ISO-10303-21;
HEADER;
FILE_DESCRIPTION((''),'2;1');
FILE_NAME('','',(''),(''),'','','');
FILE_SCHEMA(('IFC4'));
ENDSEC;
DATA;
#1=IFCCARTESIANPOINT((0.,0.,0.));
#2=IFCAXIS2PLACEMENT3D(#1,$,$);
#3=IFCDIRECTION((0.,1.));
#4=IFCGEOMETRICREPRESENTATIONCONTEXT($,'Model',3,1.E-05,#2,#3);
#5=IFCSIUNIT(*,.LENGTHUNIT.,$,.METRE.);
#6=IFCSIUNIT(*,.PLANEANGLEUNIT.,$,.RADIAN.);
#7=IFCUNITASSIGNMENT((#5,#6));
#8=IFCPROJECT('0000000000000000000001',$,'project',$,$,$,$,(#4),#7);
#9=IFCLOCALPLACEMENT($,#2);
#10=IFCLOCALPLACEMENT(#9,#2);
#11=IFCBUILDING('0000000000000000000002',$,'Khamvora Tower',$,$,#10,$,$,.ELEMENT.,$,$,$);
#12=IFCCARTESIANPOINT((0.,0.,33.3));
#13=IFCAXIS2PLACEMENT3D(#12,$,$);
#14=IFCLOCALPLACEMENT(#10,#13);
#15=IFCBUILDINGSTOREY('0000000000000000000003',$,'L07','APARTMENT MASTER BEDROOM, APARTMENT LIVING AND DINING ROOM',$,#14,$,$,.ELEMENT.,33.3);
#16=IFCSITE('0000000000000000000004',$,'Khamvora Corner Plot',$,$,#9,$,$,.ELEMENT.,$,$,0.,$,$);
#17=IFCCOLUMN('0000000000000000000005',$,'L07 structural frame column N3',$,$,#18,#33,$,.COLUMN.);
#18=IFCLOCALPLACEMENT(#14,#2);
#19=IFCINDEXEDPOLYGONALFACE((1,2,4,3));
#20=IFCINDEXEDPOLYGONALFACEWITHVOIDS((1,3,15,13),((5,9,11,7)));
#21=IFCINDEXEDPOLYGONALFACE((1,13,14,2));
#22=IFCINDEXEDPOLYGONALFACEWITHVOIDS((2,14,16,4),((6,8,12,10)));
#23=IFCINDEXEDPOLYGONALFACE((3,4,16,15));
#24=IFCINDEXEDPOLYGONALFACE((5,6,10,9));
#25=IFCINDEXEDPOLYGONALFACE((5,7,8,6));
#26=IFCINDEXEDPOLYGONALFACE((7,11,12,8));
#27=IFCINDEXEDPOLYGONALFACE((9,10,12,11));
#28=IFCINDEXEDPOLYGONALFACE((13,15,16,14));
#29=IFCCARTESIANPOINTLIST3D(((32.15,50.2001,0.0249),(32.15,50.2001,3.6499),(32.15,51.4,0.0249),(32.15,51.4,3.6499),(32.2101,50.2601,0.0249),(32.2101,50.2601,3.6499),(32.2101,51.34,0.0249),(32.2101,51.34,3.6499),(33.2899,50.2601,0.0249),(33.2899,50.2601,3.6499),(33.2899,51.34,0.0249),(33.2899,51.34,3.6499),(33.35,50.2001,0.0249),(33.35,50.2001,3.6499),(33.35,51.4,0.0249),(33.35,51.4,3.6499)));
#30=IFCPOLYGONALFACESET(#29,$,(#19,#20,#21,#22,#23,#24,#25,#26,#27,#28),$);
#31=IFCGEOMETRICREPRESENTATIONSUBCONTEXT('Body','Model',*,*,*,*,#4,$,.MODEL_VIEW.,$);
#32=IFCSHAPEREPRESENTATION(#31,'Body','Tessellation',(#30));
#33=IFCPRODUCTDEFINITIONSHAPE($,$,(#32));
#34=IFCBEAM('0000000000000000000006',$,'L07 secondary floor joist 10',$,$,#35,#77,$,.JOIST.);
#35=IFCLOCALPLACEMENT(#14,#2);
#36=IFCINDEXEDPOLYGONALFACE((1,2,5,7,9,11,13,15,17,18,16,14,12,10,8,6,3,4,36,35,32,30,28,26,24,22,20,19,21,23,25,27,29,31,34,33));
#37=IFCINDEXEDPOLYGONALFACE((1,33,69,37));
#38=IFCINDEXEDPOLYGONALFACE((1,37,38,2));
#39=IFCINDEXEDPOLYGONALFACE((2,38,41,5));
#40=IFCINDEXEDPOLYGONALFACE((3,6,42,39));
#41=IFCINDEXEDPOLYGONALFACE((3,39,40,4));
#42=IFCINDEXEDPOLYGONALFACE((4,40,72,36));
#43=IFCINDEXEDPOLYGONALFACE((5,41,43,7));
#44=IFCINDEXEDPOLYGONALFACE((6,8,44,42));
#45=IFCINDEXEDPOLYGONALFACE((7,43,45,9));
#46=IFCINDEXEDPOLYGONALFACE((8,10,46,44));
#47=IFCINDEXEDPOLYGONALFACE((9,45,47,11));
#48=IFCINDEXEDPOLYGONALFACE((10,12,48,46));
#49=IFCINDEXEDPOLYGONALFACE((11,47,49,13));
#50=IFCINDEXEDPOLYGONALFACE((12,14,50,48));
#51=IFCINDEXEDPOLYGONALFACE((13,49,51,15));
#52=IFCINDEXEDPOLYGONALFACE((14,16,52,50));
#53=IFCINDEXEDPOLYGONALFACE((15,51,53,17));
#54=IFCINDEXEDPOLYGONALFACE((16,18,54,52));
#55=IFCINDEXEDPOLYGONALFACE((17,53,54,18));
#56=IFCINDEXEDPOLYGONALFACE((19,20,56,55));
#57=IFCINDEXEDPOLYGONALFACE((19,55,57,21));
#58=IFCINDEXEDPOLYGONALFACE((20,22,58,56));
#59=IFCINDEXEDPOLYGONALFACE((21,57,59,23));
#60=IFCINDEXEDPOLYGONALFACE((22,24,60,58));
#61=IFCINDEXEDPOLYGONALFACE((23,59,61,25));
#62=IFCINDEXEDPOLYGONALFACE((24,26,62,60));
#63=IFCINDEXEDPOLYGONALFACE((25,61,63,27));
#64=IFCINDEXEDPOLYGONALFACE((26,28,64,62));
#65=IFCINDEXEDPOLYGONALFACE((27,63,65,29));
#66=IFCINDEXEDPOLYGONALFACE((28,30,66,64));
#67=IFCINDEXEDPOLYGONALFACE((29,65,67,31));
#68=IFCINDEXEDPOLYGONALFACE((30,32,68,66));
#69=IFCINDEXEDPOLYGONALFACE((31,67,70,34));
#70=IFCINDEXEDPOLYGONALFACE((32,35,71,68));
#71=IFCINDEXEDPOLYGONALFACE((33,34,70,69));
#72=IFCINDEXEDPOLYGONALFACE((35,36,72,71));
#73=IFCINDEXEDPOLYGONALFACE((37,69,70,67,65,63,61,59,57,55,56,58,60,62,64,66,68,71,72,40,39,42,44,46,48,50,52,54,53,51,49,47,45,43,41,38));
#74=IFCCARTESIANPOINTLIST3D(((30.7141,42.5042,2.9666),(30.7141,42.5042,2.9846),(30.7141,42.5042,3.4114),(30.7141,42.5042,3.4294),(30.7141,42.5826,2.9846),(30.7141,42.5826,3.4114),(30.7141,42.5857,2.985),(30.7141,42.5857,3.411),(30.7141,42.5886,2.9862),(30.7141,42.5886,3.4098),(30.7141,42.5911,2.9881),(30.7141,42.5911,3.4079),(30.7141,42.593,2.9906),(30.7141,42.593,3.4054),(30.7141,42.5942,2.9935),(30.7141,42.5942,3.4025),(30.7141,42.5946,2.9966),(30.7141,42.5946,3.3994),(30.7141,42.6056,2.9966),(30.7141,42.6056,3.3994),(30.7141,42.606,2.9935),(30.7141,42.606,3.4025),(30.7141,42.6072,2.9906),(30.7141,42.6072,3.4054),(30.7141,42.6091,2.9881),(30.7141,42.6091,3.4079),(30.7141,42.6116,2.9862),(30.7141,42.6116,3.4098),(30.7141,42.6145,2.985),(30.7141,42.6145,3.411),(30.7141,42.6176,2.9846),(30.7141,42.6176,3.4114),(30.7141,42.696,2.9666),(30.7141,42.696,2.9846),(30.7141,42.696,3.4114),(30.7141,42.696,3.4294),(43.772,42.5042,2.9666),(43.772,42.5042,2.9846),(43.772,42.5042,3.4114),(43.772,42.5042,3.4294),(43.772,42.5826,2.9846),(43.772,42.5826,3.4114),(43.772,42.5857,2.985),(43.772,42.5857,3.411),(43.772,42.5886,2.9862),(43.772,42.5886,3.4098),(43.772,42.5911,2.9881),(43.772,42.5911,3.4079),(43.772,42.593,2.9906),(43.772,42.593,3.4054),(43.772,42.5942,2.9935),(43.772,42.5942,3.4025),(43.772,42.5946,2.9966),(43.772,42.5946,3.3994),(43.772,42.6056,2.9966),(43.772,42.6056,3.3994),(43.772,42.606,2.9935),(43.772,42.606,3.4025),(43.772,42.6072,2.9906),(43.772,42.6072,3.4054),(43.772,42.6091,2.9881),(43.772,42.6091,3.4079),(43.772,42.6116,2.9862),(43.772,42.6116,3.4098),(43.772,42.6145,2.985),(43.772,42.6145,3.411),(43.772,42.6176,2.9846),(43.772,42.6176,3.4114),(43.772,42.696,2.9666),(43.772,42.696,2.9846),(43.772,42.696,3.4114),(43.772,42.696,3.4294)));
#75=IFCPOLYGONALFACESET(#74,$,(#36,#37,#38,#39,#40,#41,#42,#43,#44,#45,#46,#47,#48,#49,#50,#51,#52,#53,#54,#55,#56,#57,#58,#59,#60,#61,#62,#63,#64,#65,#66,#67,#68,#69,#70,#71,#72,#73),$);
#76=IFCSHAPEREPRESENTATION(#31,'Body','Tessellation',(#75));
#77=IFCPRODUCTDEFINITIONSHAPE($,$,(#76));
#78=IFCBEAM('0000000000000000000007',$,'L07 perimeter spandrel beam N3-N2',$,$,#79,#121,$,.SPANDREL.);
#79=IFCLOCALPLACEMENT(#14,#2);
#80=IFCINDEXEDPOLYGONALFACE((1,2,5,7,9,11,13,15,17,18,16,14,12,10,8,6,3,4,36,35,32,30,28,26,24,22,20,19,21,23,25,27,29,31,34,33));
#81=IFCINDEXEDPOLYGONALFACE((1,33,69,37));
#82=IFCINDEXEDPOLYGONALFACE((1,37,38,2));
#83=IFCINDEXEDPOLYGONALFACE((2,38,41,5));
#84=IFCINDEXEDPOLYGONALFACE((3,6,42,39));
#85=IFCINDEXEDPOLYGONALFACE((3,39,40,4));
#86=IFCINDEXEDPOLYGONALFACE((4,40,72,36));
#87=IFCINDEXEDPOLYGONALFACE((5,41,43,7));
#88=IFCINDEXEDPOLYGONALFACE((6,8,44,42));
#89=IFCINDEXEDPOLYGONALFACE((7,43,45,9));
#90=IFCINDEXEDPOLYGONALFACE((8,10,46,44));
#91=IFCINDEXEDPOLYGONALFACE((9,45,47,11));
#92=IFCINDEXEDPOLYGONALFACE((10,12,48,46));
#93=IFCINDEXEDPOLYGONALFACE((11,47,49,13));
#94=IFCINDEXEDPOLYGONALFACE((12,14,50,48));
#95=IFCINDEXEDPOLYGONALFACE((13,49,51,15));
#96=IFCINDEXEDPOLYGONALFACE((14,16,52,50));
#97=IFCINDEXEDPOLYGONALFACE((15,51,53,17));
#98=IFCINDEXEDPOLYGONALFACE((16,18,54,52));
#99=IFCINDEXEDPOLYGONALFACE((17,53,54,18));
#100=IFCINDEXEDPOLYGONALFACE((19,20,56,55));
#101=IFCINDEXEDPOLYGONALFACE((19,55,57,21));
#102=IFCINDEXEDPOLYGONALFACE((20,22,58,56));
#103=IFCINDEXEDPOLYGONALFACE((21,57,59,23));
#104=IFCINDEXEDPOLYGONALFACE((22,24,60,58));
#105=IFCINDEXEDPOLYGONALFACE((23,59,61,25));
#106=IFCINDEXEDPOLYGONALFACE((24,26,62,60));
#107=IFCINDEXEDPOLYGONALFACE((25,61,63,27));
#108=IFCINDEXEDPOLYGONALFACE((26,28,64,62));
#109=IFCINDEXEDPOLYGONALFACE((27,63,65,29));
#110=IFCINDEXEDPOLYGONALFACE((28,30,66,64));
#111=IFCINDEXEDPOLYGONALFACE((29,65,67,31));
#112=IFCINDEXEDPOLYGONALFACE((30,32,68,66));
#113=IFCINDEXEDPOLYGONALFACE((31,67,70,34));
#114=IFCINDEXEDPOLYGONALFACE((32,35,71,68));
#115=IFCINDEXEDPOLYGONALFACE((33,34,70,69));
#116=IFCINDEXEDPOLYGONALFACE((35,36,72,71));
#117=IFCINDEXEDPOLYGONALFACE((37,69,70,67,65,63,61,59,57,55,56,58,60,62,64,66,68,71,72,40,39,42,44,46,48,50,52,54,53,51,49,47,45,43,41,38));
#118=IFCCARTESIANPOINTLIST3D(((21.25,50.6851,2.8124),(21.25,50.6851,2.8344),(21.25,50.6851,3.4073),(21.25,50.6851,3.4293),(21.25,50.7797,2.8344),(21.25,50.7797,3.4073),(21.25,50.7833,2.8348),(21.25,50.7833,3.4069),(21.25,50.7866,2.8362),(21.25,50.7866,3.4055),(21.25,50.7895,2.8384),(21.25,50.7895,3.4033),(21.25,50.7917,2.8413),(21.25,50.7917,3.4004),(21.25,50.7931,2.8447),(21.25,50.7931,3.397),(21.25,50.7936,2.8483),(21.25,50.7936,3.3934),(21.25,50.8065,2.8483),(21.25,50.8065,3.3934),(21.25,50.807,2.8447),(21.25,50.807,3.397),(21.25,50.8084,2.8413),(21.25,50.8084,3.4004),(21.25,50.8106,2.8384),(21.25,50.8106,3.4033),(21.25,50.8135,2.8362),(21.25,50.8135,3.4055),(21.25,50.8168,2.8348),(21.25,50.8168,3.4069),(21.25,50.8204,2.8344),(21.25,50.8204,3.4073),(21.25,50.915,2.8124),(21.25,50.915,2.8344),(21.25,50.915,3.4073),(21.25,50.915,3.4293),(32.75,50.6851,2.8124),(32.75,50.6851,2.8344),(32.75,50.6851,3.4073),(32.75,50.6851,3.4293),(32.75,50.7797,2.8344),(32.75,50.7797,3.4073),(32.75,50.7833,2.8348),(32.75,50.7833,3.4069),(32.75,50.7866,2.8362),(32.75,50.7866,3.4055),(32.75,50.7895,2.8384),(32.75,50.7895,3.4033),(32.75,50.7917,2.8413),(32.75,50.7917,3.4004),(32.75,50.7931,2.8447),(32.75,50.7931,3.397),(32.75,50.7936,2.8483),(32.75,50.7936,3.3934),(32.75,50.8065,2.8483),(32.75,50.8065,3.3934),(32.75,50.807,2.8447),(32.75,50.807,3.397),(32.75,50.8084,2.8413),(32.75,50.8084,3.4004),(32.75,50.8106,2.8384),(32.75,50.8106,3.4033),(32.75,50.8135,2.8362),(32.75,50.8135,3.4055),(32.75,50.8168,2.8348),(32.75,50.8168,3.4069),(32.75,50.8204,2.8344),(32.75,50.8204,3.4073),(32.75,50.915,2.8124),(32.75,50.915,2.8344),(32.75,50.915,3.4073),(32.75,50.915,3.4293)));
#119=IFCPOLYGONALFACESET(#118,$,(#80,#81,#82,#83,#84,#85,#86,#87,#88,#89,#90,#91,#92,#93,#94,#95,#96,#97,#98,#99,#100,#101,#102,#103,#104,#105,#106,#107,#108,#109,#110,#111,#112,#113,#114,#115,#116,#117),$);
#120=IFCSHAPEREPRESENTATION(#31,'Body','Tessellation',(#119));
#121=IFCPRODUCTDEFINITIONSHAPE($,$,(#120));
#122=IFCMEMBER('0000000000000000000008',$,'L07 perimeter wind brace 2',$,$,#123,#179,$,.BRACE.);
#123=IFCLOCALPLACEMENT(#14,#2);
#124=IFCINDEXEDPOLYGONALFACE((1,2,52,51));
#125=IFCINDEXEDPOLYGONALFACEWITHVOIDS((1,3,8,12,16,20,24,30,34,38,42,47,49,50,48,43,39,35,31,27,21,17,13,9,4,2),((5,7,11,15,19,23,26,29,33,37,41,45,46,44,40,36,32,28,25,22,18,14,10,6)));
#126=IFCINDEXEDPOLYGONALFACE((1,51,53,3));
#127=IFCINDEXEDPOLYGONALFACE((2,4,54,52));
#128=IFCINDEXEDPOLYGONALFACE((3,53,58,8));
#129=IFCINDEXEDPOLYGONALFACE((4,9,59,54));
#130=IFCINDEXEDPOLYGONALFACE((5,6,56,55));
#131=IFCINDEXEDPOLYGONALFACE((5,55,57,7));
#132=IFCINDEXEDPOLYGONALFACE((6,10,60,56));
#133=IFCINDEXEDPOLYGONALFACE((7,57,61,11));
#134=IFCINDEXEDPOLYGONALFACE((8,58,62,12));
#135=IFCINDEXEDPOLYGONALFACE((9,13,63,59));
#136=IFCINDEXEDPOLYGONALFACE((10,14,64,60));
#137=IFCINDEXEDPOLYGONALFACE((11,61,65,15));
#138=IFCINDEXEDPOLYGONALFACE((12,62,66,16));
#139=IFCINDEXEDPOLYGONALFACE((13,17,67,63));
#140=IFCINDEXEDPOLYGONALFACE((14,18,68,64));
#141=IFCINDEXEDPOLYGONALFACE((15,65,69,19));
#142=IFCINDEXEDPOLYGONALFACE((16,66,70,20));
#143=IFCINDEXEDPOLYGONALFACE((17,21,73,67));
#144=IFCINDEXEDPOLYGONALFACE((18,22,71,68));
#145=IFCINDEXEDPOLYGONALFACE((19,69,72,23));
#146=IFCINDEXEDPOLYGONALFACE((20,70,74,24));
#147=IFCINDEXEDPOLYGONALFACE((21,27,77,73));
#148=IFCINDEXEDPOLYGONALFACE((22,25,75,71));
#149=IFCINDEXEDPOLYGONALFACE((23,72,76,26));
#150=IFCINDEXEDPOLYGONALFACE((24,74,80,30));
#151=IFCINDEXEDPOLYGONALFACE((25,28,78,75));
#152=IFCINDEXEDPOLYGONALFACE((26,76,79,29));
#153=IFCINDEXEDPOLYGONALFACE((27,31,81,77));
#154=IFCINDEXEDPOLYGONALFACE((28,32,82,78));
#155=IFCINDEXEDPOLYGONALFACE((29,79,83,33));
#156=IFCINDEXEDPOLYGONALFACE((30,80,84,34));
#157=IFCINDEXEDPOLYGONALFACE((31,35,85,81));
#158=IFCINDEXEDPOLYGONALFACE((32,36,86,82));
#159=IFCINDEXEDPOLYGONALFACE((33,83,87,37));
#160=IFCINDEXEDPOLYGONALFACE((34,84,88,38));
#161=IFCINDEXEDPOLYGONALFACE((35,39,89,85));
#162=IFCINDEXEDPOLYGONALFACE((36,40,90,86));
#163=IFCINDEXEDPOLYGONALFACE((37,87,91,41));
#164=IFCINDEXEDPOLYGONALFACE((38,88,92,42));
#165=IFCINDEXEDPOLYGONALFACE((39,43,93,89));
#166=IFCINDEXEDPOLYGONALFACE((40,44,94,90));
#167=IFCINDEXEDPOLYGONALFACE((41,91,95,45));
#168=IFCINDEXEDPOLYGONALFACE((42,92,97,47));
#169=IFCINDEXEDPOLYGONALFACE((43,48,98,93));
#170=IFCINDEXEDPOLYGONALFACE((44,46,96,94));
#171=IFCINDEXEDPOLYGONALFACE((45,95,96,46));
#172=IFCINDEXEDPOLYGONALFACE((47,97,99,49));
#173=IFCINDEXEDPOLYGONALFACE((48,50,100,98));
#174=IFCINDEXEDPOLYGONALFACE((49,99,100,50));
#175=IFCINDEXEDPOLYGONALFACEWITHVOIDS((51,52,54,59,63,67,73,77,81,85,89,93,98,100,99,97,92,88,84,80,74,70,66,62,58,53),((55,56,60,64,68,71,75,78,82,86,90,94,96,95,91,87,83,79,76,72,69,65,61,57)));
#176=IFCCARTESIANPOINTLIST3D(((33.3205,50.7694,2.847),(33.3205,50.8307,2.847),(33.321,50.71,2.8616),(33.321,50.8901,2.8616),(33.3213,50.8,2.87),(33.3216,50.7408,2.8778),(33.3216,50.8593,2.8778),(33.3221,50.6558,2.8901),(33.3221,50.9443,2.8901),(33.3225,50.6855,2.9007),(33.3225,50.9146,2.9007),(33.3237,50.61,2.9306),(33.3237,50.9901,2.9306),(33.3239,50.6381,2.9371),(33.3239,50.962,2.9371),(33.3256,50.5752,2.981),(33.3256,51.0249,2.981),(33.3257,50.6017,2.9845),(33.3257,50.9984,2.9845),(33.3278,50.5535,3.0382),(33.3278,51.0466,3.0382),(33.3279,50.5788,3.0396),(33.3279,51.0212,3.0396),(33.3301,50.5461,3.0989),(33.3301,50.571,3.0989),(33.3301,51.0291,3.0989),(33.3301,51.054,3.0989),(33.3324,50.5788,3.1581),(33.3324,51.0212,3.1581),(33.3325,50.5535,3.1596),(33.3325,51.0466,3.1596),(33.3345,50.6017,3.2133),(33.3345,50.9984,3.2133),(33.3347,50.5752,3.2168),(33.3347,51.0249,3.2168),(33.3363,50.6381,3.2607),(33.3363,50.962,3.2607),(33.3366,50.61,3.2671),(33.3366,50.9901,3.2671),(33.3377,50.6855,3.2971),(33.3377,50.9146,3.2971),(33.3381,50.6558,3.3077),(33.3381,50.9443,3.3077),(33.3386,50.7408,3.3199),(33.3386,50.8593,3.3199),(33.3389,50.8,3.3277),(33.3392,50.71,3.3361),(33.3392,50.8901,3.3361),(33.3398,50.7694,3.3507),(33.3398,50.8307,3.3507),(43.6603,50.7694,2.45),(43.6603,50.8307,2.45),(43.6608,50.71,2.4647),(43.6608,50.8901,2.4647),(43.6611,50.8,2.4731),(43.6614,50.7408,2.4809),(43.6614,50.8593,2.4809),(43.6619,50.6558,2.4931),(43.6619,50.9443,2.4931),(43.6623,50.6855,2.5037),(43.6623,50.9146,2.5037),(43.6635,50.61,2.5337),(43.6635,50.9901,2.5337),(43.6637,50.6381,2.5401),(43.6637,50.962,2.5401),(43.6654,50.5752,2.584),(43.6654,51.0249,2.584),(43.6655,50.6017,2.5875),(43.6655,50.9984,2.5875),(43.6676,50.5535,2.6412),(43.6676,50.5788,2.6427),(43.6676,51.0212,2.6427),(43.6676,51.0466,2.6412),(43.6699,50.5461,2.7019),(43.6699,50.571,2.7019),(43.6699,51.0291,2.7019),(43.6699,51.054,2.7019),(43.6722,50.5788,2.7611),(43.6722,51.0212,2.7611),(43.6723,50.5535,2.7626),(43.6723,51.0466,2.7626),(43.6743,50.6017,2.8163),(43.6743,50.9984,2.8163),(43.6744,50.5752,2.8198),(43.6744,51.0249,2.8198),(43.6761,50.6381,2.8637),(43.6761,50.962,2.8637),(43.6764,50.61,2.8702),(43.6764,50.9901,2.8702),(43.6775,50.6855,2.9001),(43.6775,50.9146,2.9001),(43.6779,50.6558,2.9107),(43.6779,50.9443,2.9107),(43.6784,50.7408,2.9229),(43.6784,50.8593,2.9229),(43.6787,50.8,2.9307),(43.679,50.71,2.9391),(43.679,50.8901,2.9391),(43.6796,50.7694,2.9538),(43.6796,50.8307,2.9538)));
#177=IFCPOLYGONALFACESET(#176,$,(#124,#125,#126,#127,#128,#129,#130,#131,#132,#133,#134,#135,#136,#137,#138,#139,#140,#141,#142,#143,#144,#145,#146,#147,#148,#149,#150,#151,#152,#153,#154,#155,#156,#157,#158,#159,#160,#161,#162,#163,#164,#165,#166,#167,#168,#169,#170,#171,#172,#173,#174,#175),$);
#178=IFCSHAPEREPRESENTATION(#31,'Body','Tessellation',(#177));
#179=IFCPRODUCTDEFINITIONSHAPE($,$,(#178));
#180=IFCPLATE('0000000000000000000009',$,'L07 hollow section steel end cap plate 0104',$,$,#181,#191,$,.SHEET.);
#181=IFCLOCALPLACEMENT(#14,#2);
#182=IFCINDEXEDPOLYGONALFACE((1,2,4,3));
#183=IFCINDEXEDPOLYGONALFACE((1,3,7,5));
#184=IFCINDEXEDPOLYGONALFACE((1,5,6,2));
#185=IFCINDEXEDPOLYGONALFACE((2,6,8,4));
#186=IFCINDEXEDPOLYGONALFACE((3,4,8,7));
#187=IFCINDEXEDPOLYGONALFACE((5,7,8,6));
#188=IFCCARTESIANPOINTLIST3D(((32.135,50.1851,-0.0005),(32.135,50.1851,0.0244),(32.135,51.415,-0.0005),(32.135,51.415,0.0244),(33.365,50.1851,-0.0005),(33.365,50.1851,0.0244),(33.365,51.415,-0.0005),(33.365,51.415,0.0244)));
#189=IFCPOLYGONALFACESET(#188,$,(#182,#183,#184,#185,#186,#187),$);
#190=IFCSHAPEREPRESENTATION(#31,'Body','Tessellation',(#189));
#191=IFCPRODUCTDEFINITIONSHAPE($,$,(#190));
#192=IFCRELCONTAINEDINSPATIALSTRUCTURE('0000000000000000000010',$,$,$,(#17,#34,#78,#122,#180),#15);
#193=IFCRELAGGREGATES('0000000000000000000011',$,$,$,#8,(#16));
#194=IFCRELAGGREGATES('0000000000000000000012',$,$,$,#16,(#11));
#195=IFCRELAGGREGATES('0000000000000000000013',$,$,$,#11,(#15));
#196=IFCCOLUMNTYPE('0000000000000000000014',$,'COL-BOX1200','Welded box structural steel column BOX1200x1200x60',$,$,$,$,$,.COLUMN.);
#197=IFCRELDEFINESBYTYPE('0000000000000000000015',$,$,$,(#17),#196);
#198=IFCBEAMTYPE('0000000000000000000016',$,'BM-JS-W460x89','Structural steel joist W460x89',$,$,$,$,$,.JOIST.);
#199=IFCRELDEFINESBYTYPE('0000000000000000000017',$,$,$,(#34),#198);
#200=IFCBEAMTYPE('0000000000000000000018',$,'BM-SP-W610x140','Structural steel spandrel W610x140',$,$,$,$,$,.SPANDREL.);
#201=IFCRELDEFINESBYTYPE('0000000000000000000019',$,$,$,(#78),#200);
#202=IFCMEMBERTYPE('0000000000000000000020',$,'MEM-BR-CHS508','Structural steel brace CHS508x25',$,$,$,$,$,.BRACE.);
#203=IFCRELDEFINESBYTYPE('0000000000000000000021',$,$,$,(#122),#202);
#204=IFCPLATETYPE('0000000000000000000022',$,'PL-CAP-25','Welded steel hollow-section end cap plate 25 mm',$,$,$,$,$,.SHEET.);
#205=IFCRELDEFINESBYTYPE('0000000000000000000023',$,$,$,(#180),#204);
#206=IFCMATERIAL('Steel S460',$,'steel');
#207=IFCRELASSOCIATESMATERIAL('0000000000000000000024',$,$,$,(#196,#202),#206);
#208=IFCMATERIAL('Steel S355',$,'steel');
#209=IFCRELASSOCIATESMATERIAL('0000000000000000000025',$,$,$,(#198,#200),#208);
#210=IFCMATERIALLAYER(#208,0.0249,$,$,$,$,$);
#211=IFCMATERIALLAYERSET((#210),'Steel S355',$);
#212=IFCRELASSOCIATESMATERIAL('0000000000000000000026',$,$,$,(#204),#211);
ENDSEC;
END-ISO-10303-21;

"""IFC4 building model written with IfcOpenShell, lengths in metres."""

from ifc_helpers import new_model, si_unit, direction, frame, origin, origin_2d, place, context, subcontext, project, spatial, rectangle, hollow_rectangle, hollow_circle, i_section, extrude, material, layer, layer_set, material_profile, profile_set, type_object, element, save


model = new_model("IFC4")

# Units and contexts
model_context = context("Model", 3, precision=1e-05, world=origin(), true_north=direction((0.0, 1.0)))
body_context = subcontext(model_context, "Body", "Model", "MODEL_VIEW")
ifc_project = project(units=[si_unit("LENGTHUNIT", "METRE"), si_unit("PLANEANGLEUNIT", "RADIAN")], contexts=[model_context])

# Site, building, storey
site_placement = place(None, origin())
site = spatial("IfcSite", under=ifc_project, at=site_placement, Name="Khamvora Corner Plot", CompositionType="ELEMENT", RefElevation=0.0)
building_placement = place(site_placement, origin())
building = spatial("IfcBuilding", under=site, at=building_placement, Name="Khamvora Tower", CompositionType="ELEMENT")
storey_placement = place(building_placement, frame((0.0, 0.0, 33.3)))
storey = spatial("IfcBuildingStorey", under=building, at=storey_placement, Name="L07", Description="APARTMENT MASTER BEDROOM, APARTMENT LIVING AND DINING ROOM", CompositionType="ELEMENT", Elevation=33.3)

# Column
ifc_material_1 = material(Name="Steel S460", Category="steel")
ifc_material_profile_1 = material_profile(ifc_material_1, hollow_rectangle(XDim=1.2, YDim=1.2, WallThickness=0.0601, at=origin_2d()), Name="BOX1200x1200x60")
ifc_profile_set_1 = profile_set([ifc_material_profile_1], Name="Steel S460")
column_type = type_object("IfcColumnType", Name="COL-BOX1200", Description="Welded box structural steel column BOX1200x1200x60", PredefinedType="COLUMN", material=ifc_profile_set_1)
column_placement = place(storey_placement, frame((32.75, 50.8, 0.0249), z_axis=(0.0, 0.0, 1.0), x_axis=(1.0, 0.0, 0.0)))
element("IfcColumn", 1, at=column_placement, inside=storey, type_object=column_type, Name="L07 structural frame column N3", PredefinedType="COLUMN", context=body_context, shape_type="SweptSolid", body=[
    extrude(hollow_rectangle(XDim=1.2, YDim=1.2, WallThickness=0.0601, at=origin_2d()), origin(), (0.0, 0.0, 1.0), 3.625),
])

# Beams
ifc_material_2 = material(Name="Steel S355", Category="steel")
ifc_material_profile_2 = material_profile(ifc_material_2, i_section(OverallWidth=0.1919, OverallDepth=0.4629, WebThickness=0.011, FlangeThickness=0.0181, FilletRadius=0.012, at=origin_2d()), Name="W460x89")
ifc_profile_set_2 = profile_set([ifc_material_profile_2], Name="Steel S355")
beam_type_1 = type_object("IfcBeamType", Name="BM-JS-W460x89", Description="Structural steel joist W460x89", PredefinedType="JOIST", material=ifc_profile_set_2)
beam_1_placement = place(storey_placement, frame((30.7141, 42.6001, 3.198), z_axis=(1.0, 0.0, 0.0), x_axis=(0.0, 1.0, 0.0)))
element("IfcBeam", 2, at=beam_1_placement, inside=storey, type_object=beam_type_1, Name="L07 secondary floor joist 10", PredefinedType="JOIST", context=body_context, shape_type="SweptSolid", body=[
    extrude(i_section(OverallWidth=0.1919, OverallDepth=0.4629, WebThickness=0.011, FlangeThickness=0.0181, FilletRadius=0.012, at=origin_2d()), origin(), (0.0, 0.0, 1.0), 13.0579),
])
ifc_material_profile_3 = material_profile(ifc_material_2, i_section(OverallWidth=0.23, OverallDepth=0.6169, WebThickness=0.0129, FlangeThickness=0.022, FilletRadius=0.0139, at=origin_2d()), Name="W610x140")
ifc_profile_set_3 = profile_set([ifc_material_profile_3], Name="Steel S355")
beam_type_2 = type_object("IfcBeamType", Name="BM-SP-W610x140", Description="Structural steel spandrel W610x140", PredefinedType="SPANDREL", material=ifc_profile_set_3)
beam_2_placement = place(storey_placement, frame((32.75, 50.8, 3.1208), z_axis=(-1.0, 0.0, 0.0), x_axis=(0.0, -1.0, 0.0)))
element("IfcBeam", 3, at=beam_2_placement, inside=storey, type_object=beam_type_2, Name="L07 perimeter spandrel beam N3-N2", PredefinedType="SPANDREL", context=body_context, shape_type="SweptSolid", body=[
    extrude(i_section(OverallWidth=0.23, OverallDepth=0.6169, WebThickness=0.0129, FlangeThickness=0.022, FilletRadius=0.0139, at=origin_2d()), origin(), (0.0, 0.0, 1.0), 11.5),
])

# Member
ifc_material_profile_4 = material_profile(ifc_material_1, hollow_circle(Radius=0.2539, WallThickness=0.0249, at=origin_2d()), Name="CHS508x25")
ifc_profile_set_4 = profile_set([ifc_material_profile_4], Name="Steel S460")
member_type = type_object("IfcMemberType", Name="MEM-BR-CHS508", Description="Structural steel brace CHS508x25", PredefinedType="BRACE", material=ifc_profile_set_4)
member_placement = place(storey_placement, frame((43.6699, 50.8, 2.7019), z_axis=(-0.999264, 0.0, 0.038364), x_axis=(0.0, -1.0, 0.0)))
element("IfcMember", 4, at=member_placement, inside=storey, type_object=member_type, Name="L07 perimeter wind brace 2", PredefinedType="BRACE", context=body_context, shape_type="SweptSolid", body=[
    extrude(hollow_circle(Radius=0.2539, WallThickness=0.0249, at=origin_2d()), origin(), (0.0, 0.0, 1.0), 10.3474),
])

# Plate
ifc_layer_1 = layer(ifc_material_2, 0.0249)
ifc_layer_set_1 = layer_set([ifc_layer_1], Name="Steel S355")
plate_type_1 = type_object("IfcPlateType", Name="PL-CAP-25", Description="Welded steel hollow-section end cap plate 25 mm", PredefinedType="SHEET", material=ifc_layer_set_1)
plate_1_placement = place(storey_placement, frame((32.75, 50.8, -0.0005), z_axis=(0.0, 0.0, 1.0), x_axis=(1.0, 0.0, 0.0)))
element("IfcPlate", 5, at=plate_1_placement, inside=storey, type_object=plate_type_1, Name="L07 hollow section steel end cap plate 0104", PredefinedType="SHEET", context=body_context, shape_type="SweptSolid", body=[
    extrude(rectangle(XDim=1.23, YDim=1.23, at=origin_2d()), origin(), (0.0, 0.0, 1.0), 0.0249),
])

save(model, "model.ifc")
